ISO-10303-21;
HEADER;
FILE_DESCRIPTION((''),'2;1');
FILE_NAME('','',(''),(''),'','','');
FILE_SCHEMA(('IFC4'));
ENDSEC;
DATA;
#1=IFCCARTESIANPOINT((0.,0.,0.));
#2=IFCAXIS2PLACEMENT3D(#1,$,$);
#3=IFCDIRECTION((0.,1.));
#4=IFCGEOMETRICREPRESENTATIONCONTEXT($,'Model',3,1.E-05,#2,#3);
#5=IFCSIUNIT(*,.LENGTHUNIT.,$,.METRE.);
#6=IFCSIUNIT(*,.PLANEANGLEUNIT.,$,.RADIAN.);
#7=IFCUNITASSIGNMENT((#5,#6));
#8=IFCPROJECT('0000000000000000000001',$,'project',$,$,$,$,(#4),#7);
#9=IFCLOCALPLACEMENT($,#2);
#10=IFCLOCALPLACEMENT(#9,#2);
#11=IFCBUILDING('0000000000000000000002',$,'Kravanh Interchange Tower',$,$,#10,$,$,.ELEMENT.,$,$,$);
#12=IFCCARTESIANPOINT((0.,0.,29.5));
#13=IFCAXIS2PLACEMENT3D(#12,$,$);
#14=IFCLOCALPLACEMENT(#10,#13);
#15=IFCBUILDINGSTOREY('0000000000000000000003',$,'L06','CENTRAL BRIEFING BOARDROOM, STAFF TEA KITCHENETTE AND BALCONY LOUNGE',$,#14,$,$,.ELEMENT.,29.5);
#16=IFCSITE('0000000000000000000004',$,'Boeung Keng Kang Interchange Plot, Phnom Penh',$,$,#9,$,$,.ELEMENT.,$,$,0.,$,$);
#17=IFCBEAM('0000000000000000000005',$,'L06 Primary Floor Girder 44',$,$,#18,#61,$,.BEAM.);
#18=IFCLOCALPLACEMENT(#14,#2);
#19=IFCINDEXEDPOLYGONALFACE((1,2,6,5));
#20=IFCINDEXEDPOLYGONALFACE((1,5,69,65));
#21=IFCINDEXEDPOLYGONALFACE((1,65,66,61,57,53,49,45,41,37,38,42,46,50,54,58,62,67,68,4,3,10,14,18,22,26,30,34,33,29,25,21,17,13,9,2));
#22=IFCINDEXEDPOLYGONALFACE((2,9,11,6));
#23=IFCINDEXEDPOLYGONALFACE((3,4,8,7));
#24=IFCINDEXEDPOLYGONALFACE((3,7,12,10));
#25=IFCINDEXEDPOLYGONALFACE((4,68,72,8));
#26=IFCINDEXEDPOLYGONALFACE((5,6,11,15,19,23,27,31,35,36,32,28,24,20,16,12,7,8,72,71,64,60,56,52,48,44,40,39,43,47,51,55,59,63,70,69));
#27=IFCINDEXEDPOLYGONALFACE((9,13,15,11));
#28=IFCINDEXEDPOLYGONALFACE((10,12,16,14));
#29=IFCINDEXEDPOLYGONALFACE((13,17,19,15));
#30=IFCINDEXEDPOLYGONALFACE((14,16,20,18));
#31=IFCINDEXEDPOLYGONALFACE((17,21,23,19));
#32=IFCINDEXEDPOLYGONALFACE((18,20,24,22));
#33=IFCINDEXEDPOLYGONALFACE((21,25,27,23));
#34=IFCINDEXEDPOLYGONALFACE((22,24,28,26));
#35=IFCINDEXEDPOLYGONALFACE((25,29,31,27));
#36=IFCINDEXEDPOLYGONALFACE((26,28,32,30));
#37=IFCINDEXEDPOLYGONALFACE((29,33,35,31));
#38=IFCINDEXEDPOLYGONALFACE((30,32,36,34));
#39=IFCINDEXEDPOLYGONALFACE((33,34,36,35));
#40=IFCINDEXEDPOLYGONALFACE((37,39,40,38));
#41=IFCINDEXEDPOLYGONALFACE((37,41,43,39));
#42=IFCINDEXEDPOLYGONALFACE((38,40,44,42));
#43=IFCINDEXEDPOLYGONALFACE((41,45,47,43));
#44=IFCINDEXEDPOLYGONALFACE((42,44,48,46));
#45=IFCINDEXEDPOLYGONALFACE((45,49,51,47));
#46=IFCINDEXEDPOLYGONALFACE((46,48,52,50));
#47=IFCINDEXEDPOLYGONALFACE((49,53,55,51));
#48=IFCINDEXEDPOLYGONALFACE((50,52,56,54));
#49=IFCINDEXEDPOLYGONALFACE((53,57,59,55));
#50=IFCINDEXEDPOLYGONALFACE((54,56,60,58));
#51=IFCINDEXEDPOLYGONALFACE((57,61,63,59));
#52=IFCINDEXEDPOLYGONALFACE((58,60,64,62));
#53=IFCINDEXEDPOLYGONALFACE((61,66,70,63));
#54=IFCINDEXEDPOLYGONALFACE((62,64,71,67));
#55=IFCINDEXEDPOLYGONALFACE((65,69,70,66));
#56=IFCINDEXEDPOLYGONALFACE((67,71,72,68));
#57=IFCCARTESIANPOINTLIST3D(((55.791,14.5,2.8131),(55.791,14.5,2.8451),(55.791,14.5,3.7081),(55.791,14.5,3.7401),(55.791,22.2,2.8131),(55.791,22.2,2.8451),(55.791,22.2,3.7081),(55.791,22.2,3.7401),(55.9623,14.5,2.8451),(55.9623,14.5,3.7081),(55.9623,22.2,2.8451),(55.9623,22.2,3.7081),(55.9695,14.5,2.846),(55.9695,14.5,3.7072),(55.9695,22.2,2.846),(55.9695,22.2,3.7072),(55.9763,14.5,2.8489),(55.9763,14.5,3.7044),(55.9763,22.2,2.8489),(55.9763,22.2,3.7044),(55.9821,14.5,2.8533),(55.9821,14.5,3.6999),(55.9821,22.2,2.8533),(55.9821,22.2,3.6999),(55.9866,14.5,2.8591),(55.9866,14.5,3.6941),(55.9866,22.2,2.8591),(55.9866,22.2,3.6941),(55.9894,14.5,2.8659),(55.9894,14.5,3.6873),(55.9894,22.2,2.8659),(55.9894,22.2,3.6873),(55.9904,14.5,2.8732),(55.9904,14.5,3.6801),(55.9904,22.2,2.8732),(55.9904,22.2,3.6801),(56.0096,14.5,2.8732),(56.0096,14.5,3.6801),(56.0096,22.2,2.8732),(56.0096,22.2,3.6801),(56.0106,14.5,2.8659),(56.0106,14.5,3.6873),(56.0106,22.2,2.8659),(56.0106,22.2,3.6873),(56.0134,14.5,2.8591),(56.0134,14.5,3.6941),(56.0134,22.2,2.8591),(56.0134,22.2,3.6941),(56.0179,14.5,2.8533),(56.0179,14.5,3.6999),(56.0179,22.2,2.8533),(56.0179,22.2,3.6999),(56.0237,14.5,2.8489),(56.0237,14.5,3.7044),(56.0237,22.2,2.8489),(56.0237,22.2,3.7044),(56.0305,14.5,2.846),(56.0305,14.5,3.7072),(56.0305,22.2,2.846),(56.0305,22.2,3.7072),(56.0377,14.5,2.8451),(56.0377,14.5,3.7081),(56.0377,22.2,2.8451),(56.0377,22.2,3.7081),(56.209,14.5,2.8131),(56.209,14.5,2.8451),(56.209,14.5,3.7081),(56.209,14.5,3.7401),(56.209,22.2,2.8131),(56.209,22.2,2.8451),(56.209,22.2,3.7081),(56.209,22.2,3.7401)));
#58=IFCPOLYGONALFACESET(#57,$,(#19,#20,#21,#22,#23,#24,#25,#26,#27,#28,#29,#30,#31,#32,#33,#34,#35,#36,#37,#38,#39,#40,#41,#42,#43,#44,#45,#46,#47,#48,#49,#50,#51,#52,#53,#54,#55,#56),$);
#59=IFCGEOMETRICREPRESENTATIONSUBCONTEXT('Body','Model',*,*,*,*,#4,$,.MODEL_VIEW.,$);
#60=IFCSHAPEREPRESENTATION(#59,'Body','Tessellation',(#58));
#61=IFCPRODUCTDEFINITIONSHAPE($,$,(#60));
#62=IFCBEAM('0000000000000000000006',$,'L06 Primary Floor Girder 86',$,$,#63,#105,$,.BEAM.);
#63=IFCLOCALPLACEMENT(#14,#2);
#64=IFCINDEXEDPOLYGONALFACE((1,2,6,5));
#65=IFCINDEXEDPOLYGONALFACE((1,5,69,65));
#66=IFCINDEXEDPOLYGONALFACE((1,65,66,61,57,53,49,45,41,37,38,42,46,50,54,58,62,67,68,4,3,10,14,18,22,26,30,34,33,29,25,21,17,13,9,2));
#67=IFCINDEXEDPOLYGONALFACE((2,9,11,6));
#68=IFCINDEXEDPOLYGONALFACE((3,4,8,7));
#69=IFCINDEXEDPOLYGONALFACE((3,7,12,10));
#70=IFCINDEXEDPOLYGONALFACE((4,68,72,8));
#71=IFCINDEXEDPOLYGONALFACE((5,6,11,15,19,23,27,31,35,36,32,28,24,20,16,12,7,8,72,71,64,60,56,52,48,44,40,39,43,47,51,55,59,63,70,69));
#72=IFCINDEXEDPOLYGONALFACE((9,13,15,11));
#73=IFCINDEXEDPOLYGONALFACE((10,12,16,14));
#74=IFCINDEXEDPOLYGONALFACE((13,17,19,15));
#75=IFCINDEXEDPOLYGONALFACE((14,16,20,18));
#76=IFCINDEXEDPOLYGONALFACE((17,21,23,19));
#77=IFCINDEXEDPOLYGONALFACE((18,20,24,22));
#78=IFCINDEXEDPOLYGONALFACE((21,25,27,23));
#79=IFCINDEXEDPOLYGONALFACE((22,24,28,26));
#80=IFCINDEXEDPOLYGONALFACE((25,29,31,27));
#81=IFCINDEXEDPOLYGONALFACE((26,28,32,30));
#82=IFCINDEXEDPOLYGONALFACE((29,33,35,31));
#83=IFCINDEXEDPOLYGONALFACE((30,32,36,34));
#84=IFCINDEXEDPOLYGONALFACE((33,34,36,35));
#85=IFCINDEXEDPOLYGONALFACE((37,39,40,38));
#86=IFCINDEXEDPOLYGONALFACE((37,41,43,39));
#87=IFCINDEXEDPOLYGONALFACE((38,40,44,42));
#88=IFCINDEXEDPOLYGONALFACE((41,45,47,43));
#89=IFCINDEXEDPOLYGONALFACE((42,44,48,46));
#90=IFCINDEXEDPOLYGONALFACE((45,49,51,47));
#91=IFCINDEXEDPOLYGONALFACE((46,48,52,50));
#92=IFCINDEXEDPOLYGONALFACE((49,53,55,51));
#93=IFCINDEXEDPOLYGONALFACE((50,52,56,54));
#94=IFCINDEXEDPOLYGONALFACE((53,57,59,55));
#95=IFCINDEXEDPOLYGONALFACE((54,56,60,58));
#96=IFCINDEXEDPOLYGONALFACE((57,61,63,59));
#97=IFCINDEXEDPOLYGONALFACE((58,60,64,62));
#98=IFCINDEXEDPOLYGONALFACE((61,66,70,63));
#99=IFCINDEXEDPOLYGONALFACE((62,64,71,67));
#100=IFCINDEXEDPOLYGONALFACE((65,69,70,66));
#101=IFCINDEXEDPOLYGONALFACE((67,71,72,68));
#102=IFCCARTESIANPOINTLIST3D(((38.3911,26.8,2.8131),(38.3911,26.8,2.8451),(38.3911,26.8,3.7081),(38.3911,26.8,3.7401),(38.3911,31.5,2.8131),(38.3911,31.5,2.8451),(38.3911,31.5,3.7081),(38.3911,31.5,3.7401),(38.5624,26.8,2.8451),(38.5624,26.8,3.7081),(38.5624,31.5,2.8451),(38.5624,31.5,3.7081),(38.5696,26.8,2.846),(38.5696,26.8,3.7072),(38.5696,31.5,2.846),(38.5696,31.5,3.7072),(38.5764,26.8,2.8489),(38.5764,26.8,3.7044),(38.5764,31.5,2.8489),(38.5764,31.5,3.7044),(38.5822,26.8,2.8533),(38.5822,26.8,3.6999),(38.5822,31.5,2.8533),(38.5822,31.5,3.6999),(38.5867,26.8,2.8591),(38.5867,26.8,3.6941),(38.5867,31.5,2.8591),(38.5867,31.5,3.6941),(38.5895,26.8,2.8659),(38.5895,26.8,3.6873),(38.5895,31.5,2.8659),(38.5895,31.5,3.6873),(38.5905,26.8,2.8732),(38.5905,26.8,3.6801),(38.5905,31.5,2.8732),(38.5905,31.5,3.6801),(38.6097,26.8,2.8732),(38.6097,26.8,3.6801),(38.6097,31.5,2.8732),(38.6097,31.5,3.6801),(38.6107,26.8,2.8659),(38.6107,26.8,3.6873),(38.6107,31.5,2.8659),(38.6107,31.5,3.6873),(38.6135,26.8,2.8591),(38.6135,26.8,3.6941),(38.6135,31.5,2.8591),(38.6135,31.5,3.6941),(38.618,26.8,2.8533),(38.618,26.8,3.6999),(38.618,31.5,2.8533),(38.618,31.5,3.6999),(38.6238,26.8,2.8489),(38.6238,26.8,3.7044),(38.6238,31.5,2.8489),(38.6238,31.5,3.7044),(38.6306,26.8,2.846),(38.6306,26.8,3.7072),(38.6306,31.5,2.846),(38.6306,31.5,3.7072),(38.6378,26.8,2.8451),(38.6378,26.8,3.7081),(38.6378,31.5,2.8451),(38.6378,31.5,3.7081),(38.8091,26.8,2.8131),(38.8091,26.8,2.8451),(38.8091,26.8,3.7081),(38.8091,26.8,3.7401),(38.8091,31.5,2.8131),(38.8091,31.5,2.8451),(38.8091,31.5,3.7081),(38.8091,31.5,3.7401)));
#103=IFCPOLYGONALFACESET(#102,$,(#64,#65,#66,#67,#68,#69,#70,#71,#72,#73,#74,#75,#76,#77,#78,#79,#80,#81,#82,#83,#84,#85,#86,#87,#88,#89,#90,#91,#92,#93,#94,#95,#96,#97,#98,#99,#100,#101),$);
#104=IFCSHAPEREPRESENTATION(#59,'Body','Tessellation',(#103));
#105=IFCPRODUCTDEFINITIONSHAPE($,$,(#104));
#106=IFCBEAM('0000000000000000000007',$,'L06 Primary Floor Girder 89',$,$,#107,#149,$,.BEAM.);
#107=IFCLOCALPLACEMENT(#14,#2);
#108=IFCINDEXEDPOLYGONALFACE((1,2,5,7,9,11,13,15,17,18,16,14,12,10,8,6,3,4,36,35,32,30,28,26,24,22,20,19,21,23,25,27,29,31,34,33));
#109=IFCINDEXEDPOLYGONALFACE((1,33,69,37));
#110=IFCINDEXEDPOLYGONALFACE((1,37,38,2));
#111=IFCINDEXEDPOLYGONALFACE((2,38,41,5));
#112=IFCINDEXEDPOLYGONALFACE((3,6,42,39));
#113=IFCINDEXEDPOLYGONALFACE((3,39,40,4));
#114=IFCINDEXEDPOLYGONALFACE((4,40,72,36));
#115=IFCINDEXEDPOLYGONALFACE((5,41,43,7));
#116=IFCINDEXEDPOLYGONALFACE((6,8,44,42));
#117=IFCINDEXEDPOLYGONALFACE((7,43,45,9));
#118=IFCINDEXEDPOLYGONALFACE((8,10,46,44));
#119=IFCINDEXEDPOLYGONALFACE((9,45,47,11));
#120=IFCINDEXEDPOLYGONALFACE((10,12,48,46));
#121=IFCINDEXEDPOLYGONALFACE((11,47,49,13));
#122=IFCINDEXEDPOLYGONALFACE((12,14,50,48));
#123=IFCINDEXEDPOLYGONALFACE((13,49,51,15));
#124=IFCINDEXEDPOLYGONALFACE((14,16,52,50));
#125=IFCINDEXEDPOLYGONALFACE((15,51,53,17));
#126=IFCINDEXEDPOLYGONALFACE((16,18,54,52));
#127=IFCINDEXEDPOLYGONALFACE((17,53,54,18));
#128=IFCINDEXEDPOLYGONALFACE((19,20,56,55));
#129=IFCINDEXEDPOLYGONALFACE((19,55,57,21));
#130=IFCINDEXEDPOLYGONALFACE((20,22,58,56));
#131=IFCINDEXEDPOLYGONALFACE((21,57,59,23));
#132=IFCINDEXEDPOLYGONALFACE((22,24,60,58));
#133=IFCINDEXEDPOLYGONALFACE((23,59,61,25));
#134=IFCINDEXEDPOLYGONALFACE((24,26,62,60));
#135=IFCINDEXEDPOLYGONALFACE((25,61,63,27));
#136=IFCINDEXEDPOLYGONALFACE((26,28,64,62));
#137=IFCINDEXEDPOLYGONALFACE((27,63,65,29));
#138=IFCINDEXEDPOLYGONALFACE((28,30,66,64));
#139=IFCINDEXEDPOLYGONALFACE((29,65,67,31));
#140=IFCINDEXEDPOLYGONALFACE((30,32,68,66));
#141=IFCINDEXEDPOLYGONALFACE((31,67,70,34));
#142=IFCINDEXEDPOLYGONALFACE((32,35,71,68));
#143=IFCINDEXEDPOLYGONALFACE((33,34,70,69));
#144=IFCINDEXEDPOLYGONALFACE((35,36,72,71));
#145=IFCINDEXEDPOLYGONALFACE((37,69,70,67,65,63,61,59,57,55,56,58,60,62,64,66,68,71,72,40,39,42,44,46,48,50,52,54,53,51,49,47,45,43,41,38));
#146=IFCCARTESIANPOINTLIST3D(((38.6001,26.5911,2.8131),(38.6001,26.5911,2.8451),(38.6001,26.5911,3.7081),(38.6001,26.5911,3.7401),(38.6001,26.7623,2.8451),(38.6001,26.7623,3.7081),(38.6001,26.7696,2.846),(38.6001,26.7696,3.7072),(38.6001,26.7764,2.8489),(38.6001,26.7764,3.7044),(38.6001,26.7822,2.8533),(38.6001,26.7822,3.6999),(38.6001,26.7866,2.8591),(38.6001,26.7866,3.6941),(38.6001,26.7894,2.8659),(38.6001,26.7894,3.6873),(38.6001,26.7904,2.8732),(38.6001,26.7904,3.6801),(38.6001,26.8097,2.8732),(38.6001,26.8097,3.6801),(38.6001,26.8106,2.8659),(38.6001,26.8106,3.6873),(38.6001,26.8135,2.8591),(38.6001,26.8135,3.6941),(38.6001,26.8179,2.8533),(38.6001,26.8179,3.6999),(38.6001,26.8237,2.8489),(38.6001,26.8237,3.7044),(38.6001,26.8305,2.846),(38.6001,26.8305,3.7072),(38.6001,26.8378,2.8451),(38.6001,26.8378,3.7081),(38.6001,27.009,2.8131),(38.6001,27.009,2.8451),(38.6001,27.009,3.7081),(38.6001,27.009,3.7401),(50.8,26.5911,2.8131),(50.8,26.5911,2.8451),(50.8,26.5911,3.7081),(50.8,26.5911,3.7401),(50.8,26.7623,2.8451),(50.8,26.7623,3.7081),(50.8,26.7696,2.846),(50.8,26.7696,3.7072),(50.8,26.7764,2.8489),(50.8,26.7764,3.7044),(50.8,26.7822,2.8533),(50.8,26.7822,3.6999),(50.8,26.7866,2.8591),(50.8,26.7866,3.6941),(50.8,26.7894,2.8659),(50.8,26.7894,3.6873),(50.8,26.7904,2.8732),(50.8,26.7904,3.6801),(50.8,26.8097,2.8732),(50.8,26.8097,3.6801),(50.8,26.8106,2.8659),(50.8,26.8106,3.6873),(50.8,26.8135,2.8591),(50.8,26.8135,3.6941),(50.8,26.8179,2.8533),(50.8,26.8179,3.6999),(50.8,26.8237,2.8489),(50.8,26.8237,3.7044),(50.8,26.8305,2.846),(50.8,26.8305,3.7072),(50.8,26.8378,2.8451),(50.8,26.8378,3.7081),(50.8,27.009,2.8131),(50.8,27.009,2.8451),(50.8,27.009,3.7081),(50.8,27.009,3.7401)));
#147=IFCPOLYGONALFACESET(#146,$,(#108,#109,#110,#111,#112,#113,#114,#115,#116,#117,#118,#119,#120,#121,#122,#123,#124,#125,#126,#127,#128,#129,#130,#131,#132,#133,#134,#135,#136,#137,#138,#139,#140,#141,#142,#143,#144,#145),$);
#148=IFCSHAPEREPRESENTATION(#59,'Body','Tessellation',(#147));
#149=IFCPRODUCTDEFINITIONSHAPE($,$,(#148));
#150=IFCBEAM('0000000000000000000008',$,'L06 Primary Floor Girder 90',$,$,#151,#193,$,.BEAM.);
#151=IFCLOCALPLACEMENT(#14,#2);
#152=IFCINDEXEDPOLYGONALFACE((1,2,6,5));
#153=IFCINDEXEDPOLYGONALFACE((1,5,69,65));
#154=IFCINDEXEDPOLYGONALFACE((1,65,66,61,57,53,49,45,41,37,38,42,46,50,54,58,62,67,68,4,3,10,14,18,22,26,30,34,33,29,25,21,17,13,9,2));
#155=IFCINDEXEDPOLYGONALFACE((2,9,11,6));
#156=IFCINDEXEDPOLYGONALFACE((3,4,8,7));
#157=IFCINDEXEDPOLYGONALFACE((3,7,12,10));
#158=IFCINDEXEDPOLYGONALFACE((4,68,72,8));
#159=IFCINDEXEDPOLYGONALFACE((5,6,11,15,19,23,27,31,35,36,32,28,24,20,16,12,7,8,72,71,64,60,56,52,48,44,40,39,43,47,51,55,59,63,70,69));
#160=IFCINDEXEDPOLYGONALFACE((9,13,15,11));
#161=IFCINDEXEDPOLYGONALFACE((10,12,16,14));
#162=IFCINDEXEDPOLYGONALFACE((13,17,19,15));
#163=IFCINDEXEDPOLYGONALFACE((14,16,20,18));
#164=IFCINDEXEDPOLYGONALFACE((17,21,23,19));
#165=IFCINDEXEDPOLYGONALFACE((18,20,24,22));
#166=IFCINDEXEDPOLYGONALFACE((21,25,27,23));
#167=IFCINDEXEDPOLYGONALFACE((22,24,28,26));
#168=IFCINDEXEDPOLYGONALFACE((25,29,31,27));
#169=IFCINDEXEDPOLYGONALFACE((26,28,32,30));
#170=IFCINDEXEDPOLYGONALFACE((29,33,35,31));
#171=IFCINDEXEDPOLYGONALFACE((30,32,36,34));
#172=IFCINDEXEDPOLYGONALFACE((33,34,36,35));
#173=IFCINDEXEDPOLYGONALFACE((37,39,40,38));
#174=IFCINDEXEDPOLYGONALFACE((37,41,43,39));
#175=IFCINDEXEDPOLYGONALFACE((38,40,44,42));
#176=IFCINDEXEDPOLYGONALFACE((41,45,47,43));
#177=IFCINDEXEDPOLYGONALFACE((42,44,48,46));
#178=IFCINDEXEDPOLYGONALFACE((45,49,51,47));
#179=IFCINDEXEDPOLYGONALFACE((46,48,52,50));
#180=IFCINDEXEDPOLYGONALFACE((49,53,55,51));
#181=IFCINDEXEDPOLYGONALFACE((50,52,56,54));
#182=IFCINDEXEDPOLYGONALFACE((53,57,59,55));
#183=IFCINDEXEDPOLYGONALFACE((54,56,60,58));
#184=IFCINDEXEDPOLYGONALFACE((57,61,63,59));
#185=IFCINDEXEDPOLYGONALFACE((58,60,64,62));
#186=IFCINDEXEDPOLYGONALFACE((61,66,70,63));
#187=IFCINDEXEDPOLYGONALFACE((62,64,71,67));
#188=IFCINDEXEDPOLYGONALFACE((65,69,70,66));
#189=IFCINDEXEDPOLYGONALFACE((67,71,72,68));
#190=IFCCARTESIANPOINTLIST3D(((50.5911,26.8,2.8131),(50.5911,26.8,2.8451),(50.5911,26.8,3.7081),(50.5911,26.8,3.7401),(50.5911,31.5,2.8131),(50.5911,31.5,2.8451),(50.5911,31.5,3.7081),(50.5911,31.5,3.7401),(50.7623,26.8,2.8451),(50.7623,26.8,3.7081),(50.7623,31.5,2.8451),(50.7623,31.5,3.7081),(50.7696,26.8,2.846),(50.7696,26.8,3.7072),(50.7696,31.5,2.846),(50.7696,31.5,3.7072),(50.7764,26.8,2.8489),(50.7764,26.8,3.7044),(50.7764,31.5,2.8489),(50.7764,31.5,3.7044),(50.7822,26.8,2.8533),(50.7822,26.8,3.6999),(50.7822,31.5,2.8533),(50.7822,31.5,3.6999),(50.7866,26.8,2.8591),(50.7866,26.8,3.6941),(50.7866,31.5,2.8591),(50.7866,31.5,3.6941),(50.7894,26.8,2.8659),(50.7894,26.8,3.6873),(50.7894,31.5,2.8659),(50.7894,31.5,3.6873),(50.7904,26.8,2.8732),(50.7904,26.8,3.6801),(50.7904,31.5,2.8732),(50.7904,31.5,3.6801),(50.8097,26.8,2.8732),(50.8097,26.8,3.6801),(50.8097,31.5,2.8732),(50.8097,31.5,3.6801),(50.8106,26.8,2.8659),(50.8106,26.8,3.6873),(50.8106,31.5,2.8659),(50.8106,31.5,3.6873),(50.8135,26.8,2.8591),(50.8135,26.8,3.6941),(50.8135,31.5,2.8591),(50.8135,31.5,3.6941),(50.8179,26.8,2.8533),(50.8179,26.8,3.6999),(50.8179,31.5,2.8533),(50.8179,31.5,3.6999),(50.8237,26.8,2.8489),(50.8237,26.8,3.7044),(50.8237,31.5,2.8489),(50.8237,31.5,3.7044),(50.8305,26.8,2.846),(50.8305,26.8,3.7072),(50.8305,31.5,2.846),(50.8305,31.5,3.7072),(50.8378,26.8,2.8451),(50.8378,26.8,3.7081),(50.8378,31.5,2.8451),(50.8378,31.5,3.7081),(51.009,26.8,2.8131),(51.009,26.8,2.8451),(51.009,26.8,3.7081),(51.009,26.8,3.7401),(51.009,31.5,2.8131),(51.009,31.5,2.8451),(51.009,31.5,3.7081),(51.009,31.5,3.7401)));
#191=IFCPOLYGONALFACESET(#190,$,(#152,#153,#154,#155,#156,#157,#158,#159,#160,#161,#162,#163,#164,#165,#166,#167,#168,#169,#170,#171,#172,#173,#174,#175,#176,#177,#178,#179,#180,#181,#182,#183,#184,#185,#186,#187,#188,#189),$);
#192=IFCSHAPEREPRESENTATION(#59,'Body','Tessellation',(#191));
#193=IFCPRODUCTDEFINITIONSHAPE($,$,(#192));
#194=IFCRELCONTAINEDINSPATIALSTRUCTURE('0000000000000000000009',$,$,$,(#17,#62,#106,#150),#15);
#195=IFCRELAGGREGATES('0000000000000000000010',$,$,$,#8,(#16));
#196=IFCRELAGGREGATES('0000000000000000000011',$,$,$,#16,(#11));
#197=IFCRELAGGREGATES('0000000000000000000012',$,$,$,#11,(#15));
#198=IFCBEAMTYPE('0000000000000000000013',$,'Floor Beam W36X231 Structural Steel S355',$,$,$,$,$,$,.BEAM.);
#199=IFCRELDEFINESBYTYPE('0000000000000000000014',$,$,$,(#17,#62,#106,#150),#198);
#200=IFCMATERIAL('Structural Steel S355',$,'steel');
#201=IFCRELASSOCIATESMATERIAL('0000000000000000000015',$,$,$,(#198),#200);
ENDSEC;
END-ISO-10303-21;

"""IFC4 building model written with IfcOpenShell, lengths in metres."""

from ifc_helpers import new_model, si_unit, direction, frame, origin, origin_2d, place, context, subcontext, project, spatial, i_section, extrude, material, material_profile, profile_set, type_object, element, save


model = new_model("IFC4")

# Units and contexts
model_context = context("Model", 3, precision=1e-05, world=origin(), true_north=direction((0.0, 1.0)))
body_context = subcontext(model_context, "Body", "Model", "MODEL_VIEW")
ifc_project = project(units=[si_unit("LENGTHUNIT", "METRE"), si_unit("PLANEANGLEUNIT", "RADIAN")], contexts=[model_context])

# Site, building, storey
site_placement = place(None, origin())
site = spatial("IfcSite", under=ifc_project, at=site_placement, Name="Boeung Keng Kang Interchange Plot, Phnom Penh", CompositionType="ELEMENT", RefElevation=0.0)
building_placement = place(site_placement, origin())
building = spatial("IfcBuilding", under=site, at=building_placement, Name="Kravanh Interchange Tower", CompositionType="ELEMENT")
storey_placement = place(building_placement, frame((0.0, 0.0, 29.5)))
storey = spatial("IfcBuildingStorey", under=building, at=storey_placement, Name="L06", Description="CENTRAL BRIEFING BOARDROOM, STAFF TEA KITCHENETTE AND BALCONY LOUNGE", CompositionType="ELEMENT", Elevation=29.5)

# Beams
ifc_material_1 = material(Name="Structural Steel S355", Category="steel")
ifc_material_profile_1 = material_profile(ifc_material_1, i_section(OverallWidth=0.418, OverallDepth=0.927, WebThickness=0.0193, FlangeThickness=0.032, FilletRadius=0.0281, at=origin_2d()), Name="W36X231")
ifc_profile_set_1 = profile_set([ifc_material_profile_1], Name="Structural Steel S355")
beam_type_1 = type_object("IfcBeamType", Name="Floor Beam W36X231 Structural Steel S355", PredefinedType="BEAM", material=ifc_profile_set_1)
beam_1_placement = place(storey_placement, frame((56.0, 14.5, 3.2766), z_axis=(0.0, 1.0, 0.0), x_axis=(-1.0, 0.0, 0.0)))
element("IfcBeam", 1, at=beam_1_placement, inside=storey, type_object=beam_type_1, Name="L06 Primary Floor Girder 44", PredefinedType="BEAM", context=body_context, shape_type="SweptSolid", body=[
    extrude(i_section(OverallWidth=0.418, OverallDepth=0.927, WebThickness=0.0193, FlangeThickness=0.032, FilletRadius=0.0281, at=origin_2d()), origin(), (0.0, 0.0, 1.0), 7.7),
])
beam_2_placement = place(storey_placement, frame((38.6001, 26.8, 3.2766), z_axis=(0.0, 1.0, 0.0), x_axis=(-1.0, 0.0, 0.0)))
element("IfcBeam", 2, at=beam_2_placement, inside=storey, type_object=beam_type_1, Name="L06 Primary Floor Girder 86", PredefinedType="BEAM", context=body_context, shape_type="SweptSolid", body=[
    extrude(i_section(OverallWidth=0.418, OverallDepth=0.927, WebThickness=0.0193, FlangeThickness=0.032, FilletRadius=0.0281, at=origin_2d()), origin(), (0.0, 0.0, 1.0), 4.7),
])
beam_3_placement = place(storey_placement, frame((38.6001, 26.8, 3.2766), z_axis=(1.0, 0.0, 0.0), x_axis=(0.0, 1.0, 0.0)))
element("IfcBeam", 3, at=beam_3_placement, inside=storey, type_object=beam_type_1, Name="L06 Primary Floor Girder 89", PredefinedType="BEAM", context=body_context, shape_type="SweptSolid", body=[
    extrude(i_section(OverallWidth=0.418, OverallDepth=0.927, WebThickness=0.0193, FlangeThickness=0.032, FilletRadius=0.0281, at=origin_2d()), origin(), (0.0, 0.0, 1.0), 12.2),
])
beam_4_placement = place(storey_placement, frame((50.8, 26.8, 3.2766), z_axis=(0.0, 1.0, 0.0), x_axis=(-1.0, 0.0, 0.0)))
element("IfcBeam", 4, at=beam_4_placement, inside=storey, type_object=beam_type_1, Name="L06 Primary Floor Girder 90", PredefinedType="BEAM", context=body_context, shape_type="SweptSolid", body=[
    extrude(i_section(OverallWidth=0.418, OverallDepth=0.927, WebThickness=0.0193, FlangeThickness=0.032, FilletRadius=0.0281, at=origin_2d()), origin(), (0.0, 0.0, 1.0), 4.7),
])

save(model, "model.ifc")
